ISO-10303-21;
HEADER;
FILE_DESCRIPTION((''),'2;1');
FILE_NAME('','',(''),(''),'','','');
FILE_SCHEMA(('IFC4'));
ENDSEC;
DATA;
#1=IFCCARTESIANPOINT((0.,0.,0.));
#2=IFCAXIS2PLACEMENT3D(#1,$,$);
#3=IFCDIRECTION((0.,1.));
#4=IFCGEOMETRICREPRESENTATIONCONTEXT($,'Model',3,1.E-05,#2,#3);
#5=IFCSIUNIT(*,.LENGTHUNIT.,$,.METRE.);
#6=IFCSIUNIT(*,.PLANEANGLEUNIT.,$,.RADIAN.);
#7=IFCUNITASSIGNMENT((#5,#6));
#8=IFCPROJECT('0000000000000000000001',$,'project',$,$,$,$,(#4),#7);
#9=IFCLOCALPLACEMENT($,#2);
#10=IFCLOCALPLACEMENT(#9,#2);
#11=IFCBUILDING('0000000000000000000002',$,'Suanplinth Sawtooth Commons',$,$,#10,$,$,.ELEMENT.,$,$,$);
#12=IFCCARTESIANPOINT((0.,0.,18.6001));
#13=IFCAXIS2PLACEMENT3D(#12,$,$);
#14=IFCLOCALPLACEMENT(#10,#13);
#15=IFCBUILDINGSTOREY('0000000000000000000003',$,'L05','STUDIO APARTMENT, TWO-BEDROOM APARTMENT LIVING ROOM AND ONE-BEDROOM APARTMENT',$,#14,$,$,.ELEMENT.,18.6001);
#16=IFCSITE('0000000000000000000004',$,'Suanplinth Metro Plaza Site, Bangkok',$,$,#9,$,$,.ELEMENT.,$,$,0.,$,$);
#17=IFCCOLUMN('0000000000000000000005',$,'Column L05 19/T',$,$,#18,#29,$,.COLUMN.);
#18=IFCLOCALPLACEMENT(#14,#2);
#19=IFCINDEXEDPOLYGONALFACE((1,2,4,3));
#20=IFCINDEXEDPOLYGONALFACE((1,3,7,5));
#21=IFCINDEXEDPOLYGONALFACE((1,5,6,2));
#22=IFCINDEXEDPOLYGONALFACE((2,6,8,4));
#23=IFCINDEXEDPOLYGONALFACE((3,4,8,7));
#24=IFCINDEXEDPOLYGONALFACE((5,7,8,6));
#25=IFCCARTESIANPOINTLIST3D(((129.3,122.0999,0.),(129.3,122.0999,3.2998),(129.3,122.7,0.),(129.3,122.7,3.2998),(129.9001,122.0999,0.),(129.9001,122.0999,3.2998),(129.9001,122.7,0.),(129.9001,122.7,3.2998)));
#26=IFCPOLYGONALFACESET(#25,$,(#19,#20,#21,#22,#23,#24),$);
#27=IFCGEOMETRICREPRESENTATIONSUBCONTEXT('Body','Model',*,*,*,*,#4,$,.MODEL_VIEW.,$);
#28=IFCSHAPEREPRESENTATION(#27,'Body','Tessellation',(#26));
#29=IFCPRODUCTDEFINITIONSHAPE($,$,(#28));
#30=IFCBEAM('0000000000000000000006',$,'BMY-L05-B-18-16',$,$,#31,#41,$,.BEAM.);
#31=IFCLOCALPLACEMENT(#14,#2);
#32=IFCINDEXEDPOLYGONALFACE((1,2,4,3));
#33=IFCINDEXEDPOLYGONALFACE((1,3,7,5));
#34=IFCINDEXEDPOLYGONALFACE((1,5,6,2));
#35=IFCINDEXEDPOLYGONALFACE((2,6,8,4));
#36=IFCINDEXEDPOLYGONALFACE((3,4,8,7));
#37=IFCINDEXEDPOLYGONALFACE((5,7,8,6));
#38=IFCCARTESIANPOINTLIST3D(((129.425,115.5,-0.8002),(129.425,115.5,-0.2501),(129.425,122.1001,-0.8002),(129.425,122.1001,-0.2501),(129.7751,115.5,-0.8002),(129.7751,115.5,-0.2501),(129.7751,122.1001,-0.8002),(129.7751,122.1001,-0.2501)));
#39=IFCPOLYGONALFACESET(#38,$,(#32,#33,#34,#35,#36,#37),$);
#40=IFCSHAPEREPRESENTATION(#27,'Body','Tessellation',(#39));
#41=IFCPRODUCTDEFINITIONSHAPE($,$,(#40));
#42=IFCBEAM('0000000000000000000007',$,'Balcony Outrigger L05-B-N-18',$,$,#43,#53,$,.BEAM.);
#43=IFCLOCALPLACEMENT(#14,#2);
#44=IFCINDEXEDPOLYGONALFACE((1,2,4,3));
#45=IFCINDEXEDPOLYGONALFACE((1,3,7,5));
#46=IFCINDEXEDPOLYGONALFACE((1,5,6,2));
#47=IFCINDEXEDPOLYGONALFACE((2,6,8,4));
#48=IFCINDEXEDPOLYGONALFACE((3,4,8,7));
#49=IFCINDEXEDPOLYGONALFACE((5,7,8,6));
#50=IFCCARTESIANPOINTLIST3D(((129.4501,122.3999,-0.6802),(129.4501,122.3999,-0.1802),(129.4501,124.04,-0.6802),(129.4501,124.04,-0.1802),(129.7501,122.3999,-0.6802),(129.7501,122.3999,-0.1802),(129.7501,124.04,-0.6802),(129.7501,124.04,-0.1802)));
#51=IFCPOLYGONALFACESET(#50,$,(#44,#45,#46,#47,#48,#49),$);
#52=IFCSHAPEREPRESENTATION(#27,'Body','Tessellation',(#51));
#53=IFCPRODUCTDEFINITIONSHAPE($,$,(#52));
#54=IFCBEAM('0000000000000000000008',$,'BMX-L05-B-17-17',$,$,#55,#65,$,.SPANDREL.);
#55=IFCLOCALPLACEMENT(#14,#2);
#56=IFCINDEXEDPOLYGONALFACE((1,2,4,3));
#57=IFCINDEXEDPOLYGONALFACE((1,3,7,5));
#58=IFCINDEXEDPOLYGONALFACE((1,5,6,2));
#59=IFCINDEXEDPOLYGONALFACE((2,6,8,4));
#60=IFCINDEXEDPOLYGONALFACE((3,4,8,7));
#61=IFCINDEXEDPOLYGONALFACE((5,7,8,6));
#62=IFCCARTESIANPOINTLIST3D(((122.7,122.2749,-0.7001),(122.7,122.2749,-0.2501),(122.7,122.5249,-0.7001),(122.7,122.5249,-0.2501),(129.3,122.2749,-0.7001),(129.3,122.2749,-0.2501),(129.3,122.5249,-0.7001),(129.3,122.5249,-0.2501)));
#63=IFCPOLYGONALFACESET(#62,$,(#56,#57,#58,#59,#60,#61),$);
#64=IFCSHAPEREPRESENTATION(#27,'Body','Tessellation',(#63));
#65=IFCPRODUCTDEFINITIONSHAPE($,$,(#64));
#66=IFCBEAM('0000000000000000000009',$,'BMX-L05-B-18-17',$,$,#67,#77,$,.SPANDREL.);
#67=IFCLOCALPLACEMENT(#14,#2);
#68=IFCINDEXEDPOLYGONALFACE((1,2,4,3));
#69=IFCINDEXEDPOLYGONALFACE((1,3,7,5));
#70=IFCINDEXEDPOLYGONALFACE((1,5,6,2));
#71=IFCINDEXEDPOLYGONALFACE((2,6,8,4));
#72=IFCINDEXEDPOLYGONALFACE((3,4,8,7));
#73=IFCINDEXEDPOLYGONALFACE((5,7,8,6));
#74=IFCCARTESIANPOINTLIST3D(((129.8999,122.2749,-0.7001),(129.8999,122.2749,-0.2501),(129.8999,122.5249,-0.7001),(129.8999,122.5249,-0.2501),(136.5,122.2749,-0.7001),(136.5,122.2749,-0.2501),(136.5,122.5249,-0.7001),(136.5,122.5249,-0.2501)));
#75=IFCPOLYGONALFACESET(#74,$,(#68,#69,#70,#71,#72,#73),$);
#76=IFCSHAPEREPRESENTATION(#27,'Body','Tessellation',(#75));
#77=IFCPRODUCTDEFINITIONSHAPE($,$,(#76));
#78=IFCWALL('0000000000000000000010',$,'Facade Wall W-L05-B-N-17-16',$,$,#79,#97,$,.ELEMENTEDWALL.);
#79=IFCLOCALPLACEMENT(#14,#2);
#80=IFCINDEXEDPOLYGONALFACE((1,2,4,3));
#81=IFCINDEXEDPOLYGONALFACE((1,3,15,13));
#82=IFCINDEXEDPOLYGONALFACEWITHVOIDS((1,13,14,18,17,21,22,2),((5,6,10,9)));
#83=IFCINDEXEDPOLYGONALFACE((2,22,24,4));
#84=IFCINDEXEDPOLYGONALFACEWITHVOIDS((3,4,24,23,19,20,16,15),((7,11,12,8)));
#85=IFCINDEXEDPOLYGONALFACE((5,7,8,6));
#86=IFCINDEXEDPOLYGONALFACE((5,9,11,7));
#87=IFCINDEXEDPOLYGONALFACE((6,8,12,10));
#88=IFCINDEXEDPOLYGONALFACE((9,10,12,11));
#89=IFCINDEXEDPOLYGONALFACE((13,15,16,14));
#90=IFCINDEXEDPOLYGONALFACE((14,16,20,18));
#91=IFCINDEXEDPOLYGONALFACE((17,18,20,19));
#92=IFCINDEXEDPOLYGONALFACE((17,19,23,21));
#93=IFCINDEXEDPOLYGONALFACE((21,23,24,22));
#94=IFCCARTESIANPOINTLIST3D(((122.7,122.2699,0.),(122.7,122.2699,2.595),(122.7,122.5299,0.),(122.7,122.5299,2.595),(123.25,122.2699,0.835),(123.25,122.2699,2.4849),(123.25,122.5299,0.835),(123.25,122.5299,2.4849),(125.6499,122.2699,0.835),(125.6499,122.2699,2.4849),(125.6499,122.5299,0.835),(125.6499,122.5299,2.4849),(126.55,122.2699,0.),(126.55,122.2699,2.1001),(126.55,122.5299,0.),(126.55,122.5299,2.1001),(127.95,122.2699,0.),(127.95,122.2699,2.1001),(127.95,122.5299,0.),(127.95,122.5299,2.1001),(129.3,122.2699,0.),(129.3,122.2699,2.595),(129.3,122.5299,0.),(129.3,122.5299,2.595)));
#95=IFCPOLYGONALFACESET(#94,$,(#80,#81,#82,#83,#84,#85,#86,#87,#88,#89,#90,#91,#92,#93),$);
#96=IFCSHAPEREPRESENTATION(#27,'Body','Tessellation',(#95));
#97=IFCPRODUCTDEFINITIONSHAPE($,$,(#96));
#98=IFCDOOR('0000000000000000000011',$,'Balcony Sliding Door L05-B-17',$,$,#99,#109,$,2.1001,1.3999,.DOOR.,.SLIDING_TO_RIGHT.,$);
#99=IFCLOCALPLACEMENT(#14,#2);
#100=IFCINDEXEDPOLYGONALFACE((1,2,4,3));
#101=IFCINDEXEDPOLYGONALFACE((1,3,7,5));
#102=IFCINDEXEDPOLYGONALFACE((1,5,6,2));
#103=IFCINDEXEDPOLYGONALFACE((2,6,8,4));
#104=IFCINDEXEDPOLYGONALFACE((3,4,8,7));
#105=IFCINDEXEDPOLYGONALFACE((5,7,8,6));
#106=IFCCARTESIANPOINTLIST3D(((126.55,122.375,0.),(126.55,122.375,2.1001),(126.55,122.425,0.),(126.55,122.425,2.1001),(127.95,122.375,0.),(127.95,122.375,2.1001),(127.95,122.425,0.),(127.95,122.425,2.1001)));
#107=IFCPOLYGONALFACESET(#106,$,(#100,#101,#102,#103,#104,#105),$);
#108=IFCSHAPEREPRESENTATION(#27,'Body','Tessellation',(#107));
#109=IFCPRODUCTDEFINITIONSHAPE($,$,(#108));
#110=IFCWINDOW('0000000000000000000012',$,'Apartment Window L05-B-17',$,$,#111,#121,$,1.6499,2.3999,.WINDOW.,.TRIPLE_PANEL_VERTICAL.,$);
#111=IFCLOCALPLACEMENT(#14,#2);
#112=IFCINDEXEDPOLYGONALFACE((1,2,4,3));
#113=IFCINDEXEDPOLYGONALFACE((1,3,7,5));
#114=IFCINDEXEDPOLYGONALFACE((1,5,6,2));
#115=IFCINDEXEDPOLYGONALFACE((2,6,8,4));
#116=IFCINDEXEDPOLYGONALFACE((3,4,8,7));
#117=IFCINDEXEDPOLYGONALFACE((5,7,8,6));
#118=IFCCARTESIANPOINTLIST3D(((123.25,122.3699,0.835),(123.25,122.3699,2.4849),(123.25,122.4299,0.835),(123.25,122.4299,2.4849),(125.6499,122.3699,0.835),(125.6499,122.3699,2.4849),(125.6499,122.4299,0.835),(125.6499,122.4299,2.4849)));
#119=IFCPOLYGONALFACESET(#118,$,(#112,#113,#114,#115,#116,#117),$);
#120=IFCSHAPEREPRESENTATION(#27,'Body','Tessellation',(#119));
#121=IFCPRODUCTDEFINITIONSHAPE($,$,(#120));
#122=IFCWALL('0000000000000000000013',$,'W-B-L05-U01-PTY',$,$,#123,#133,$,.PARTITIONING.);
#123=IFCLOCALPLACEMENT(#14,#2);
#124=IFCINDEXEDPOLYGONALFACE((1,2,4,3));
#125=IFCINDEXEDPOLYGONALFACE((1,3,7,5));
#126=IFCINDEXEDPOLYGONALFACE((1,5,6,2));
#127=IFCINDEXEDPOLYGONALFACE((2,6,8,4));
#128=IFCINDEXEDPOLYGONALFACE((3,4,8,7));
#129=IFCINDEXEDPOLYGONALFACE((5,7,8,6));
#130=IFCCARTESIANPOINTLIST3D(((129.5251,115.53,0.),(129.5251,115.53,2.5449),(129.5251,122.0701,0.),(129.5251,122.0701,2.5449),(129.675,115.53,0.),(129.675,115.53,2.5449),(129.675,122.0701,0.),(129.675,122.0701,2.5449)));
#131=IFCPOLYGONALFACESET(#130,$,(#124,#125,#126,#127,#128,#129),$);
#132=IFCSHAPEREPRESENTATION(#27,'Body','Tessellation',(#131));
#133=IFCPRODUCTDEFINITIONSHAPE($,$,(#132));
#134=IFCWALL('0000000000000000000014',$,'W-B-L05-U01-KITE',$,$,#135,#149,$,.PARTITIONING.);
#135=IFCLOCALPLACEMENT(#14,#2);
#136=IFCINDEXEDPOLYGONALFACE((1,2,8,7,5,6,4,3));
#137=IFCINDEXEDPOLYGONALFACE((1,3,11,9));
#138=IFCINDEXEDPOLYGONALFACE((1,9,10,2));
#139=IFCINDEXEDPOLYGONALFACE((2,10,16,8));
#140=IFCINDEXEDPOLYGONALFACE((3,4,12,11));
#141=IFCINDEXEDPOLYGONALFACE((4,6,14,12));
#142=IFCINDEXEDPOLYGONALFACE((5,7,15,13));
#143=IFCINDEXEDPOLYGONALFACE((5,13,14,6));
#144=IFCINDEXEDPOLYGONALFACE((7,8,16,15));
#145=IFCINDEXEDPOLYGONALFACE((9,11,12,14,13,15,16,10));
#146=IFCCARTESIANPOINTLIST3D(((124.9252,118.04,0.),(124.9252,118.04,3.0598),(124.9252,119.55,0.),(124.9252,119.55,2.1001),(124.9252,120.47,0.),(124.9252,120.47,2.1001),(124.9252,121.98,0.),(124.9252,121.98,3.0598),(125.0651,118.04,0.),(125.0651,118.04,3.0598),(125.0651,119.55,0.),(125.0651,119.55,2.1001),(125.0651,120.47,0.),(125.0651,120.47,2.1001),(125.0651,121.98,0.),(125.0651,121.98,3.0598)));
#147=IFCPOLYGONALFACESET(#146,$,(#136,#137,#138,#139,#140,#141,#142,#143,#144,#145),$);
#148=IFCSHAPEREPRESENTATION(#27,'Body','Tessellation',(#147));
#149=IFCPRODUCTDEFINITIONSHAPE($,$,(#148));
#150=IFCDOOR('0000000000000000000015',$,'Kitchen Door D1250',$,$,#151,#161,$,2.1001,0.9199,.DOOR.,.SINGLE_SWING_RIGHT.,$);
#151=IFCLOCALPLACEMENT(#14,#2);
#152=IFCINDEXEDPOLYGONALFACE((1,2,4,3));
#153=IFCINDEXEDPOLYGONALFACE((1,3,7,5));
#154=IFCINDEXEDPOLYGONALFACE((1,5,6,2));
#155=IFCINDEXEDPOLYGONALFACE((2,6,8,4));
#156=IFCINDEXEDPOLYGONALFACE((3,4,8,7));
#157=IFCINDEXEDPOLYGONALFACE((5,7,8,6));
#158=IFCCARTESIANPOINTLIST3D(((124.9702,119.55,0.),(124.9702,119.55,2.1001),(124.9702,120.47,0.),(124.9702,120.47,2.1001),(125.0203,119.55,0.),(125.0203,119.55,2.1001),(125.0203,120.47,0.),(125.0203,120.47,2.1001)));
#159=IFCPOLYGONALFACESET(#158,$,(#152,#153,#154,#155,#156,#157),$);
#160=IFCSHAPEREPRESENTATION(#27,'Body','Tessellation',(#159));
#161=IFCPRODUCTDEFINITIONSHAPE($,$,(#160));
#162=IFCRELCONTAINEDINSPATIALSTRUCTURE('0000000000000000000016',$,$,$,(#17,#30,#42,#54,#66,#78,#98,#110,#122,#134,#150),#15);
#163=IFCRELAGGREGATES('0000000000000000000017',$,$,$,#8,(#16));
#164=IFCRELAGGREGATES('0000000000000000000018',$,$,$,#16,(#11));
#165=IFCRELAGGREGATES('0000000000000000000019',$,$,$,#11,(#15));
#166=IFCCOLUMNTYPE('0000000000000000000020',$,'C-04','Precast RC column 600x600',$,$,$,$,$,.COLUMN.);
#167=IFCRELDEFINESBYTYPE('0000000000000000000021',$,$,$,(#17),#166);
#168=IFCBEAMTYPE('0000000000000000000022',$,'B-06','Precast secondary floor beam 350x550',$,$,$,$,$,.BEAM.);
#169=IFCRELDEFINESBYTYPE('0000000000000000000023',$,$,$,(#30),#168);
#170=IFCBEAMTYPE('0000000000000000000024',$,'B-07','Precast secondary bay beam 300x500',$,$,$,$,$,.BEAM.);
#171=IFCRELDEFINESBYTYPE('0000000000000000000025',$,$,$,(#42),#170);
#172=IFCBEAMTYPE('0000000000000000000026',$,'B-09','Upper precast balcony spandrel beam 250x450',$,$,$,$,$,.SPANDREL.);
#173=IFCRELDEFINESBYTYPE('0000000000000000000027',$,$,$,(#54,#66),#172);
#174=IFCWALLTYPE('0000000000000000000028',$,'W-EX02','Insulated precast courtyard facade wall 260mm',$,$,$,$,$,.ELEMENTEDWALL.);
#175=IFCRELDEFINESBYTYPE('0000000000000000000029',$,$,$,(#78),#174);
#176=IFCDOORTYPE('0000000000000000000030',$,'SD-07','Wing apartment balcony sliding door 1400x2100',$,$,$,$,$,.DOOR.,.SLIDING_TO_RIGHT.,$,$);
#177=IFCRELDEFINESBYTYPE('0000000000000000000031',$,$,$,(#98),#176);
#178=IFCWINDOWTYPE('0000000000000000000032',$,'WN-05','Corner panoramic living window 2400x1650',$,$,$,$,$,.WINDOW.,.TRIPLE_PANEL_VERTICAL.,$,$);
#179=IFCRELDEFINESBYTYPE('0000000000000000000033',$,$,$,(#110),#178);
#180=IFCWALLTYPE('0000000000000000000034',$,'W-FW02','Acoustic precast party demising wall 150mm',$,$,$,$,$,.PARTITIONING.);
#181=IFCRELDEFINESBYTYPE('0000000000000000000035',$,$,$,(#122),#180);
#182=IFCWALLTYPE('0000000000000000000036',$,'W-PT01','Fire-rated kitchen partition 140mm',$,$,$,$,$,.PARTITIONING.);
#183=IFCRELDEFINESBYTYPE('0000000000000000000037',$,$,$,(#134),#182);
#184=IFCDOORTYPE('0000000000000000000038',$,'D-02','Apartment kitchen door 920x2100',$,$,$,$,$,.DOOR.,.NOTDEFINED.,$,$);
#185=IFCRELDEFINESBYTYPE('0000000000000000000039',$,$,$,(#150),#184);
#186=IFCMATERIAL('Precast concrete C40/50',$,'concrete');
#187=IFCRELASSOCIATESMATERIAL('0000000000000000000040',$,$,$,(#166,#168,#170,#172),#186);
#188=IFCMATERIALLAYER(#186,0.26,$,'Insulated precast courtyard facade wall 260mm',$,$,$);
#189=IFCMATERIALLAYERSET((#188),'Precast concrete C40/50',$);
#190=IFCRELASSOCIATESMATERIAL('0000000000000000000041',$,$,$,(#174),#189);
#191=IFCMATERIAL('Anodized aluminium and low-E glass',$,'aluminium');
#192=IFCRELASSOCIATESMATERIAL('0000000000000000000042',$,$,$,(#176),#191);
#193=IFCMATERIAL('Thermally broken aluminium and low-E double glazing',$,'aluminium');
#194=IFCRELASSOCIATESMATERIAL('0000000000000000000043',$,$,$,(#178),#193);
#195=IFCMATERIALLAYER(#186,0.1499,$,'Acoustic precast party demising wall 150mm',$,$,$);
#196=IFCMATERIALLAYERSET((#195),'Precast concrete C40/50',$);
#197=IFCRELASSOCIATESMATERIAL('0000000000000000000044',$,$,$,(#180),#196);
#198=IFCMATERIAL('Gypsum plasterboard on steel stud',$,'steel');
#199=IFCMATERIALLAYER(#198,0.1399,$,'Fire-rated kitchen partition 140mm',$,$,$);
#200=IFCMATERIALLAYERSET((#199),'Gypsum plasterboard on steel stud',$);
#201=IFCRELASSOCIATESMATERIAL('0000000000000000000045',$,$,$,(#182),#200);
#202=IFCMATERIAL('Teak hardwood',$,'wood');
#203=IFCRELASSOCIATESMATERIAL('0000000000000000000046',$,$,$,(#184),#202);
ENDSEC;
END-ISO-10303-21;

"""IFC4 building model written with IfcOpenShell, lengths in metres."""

from ifc_helpers import new_model, si_unit, direction, frame, frame_2d, origin, origin_2d, place, context, subcontext, project, spatial, rectangle, extrude, material, layer, layer_set, material_profile, profile_set, type_object, element, fill, save


model = new_model("IFC4")

# Units and contexts
model_context = context("Model", 3, precision=1e-05, world=origin(), true_north=direction((0.0, 1.0)))
body_context = subcontext(model_context, "Body", "Model", "MODEL_VIEW")
ifc_project = project(units=[si_unit("LENGTHUNIT", "METRE"), si_unit("PLANEANGLEUNIT", "RADIAN")], contexts=[model_context])

# Site, building, storey
site_placement = place(None, origin())
site = spatial("IfcSite", under=ifc_project, at=site_placement, Name="Suanplinth Metro Plaza Site, Bangkok", CompositionType="ELEMENT", RefElevation=0.0)
building_placement = place(site_placement, origin())
building = spatial("IfcBuilding", under=site, at=building_placement, Name="Suanplinth Sawtooth Commons", CompositionType="ELEMENT")
storey_placement = place(building_placement, frame((0.0, 0.0, 18.6001)))
storey = spatial("IfcBuildingStorey", under=building, at=storey_placement, Name="L05", Description="STUDIO APARTMENT, TWO-BEDROOM APARTMENT LIVING ROOM AND ONE-BEDROOM APARTMENT", CompositionType="ELEMENT", Elevation=18.6001)

# Column
ifc_material_1 = material(Name="Precast concrete C40/50", Category="concrete")
ifc_material_profile_1 = material_profile(ifc_material_1, rectangle(XDim=0.6001, YDim=0.6001, at=origin_2d()), Name="PC-COL 600x600")
ifc_profile_set_1 = profile_set([ifc_material_profile_1], Name="Precast concrete C40/50")
column_type = type_object("IfcColumnType", Name="C-04", Description="Precast RC column 600x600", PredefinedType="COLUMN", material=ifc_profile_set_1)
column_placement = place(storey_placement, frame((129.6001, 122.3999, 0.0), z_axis=(0.0, 0.0, 1.0), x_axis=(1.0, 0.0, 0.0)))
element("IfcColumn", 1, at=column_placement, inside=storey, type_object=column_type, Name="Column L05 19/T", PredefinedType="COLUMN", context=body_context, shape_type="SweptSolid", body=[
    extrude(rectangle(XDim=0.6001, YDim=0.6001, at=origin_2d()), origin(), (0.0, 0.0, 1.0), 3.2998),
])

# Beams
ifc_material_profile_2 = material_profile(ifc_material_1, rectangle(XDim=0.3501, YDim=0.55, at=origin_2d()), Name="PC-BM 350x550")
ifc_profile_set_2 = profile_set([ifc_material_profile_2], Name="Precast concrete C40/50")
beam_type_1 = type_object("IfcBeamType", Name="B-06", Description="Precast secondary floor beam 350x550", PredefinedType="BEAM", material=ifc_profile_set_2)
beam_1_placement = place(storey_placement, frame((129.6001, 115.5, -0.5251), z_axis=(0.0, 1.0, 0.0), x_axis=(-1.0, 0.0, 0.0)))
element("IfcBeam", 2, at=beam_1_placement, inside=storey, type_object=beam_type_1, Name="BMY-L05-B-18-16", PredefinedType="BEAM", context=body_context, shape_type="SweptSolid", body=[
    extrude(rectangle(XDim=0.3501, YDim=0.55, at=origin_2d()), origin(), (0.0, 0.0, 1.0), 6.6001),
])
ifc_material_profile_3 = material_profile(ifc_material_1, rectangle(XDim=0.3, YDim=0.5, at=origin_2d()), Name="PC-BM 300x500")
ifc_profile_set_3 = profile_set([ifc_material_profile_3], Name="Precast concrete C40/50")
beam_type_2 = type_object("IfcBeamType", Name="B-07", Description="Precast secondary bay beam 300x500", PredefinedType="BEAM", material=ifc_profile_set_3)
beam_2_placement = place(storey_placement, frame((129.6001, 122.3999, -0.4302), z_axis=(0.0, 1.0, 0.0), x_axis=(-1.0, 0.0, 0.0)))
element("IfcBeam", 3, at=beam_2_placement, inside=storey, type_object=beam_type_2, Name="Balcony Outrigger L05-B-N-18", PredefinedType="BEAM", context=body_context, shape_type="SweptSolid", body=[
    extrude(rectangle(XDim=0.3, YDim=0.5, at=origin_2d()), origin(), (0.0, 0.0, 1.0), 1.6401),
])
ifc_material_profile_4 = material_profile(ifc_material_1, rectangle(XDim=0.25, YDim=0.45, at=origin_2d()), Name="PC-SP 250x450")
ifc_profile_set_4 = profile_set([ifc_material_profile_4], Name="Precast concrete C40/50")
beam_type_3 = type_object("IfcBeamType", Name="B-09", Description="Upper precast balcony spandrel beam 250x450", PredefinedType="SPANDREL", material=ifc_profile_set_4)
for number, where, z_axis, x_axis, name in (
    (4, (122.7, 122.3999, -0.4751), (1.0, 0.0, 0.0), (0.0, 1.0, 0.0), "BMX-L05-B-17-17"),
    (5, (129.8999, 122.3999, -0.4751), (1.0, 0.0, 0.0), (0.0, 1.0, 0.0), "BMX-L05-B-18-17"),
):
    element("IfcBeam", number, at=place(storey_placement, frame(where, z_axis=z_axis, x_axis=x_axis)), inside=storey, type_object=beam_type_3, Name=name, PredefinedType="SPANDREL", context=body_context, shape_type="SweptSolid", body=[
        extrude(rectangle(XDim=0.25, YDim=0.45, at=origin_2d()), origin(), (0.0, 0.0, 1.0), 6.6001),
    ])

# Wall, openings, door, window
ifc_layer_1 = layer(ifc_material_1, 0.26, Name="Insulated precast courtyard facade wall 260mm")
ifc_layer_set_1 = layer_set([ifc_layer_1], Name="Precast concrete C40/50")
wall_type_1 = type_object("IfcWallType", Name="W-EX02", Description="Insulated precast courtyard facade wall 260mm", PredefinedType="ELEMENTEDWALL", material=ifc_layer_set_1)
wall_1_placement = place(storey_placement, frame((122.7, 122.3999, 0.0), z_axis=(0.0, 0.0, 1.0), x_axis=(1.0, 0.0, 0.0)))
wall_1 = element("IfcWall", 6, at=wall_1_placement, inside=storey, type_object=wall_type_1, Name="Facade Wall W-L05-B-N-17-16", PredefinedType="ELEMENTEDWALL", context=body_context, shape_type="SweptSolid", body=[
    extrude(rectangle(XDim=6.6001, YDim=0.26, at=frame_2d((3.3, 0.0))), origin(), (0.0, 0.0, 1.0), 2.595),
])
opening_1_placement = place(wall_1_placement, frame((3.8501, 0.0, 0.0)))
opening_1 = element("IfcOpeningElement", 7, at=opening_1_placement, cuts=wall_1, PredefinedType="OPENING", context=body_context, shape_type="SweptSolid", body=[
    extrude(rectangle(XDim=1.3999, YDim=2.1001, at=frame_2d((0.7, 1.05))), frame((0.0, 0.145, 0.0), z_axis=(0.0, -1.0, 0.0), x_axis=(1.0, 0.0, 0.0)), (0.0, 0.0, 1.0), 0.2898),
])
opening_2_placement = place(wall_1_placement, frame((0.55, 0.0, 0.835)))
opening_2 = element("IfcOpeningElement", 8, at=opening_2_placement, cuts=wall_1, PredefinedType="OPENING", context=body_context, shape_type="SweptSolid", body=[
    extrude(rectangle(XDim=2.3999, YDim=1.6499, at=frame_2d((1.2, 0.825))), frame((0.0, 0.145, 0.0), z_axis=(0.0, -1.0, 0.0), x_axis=(1.0, 0.0, 0.0)), (0.0, 0.0, 1.0), 0.2898),
])
ifc_material_2 = material(Name="Anodized aluminium and low-E glass", Category="aluminium")
door_type_1 = type_object("IfcDoorType", Name="SD-07", Description="Wing apartment balcony sliding door 1400x2100", OperationType="SLIDING_TO_RIGHT", PredefinedType="DOOR", material=ifc_material_2)
door_1_placement = place(opening_1_placement, frame((1.3999, 0.0, 0.0), z_axis=(0.0, 0.0, 1.0), x_axis=(-1.0, 0.0, 0.0)))
door_1 = element("IfcDoor", 9, at=door_1_placement, inside=storey, type_object=door_type_1, Name="Balcony Sliding Door L05-B-17", OperationType="SLIDING_TO_RIGHT", OverallHeight=2.1001, OverallWidth=1.3999, PredefinedType="DOOR", context=body_context, shape_type="SweptSolid", body=[
    extrude(rectangle(XDim=1.3999, YDim=2.1001, at=frame_2d((0.7, 1.05))), frame((0.0, 0.0249, 0.0), z_axis=(0.0, -1.0, 0.0), x_axis=(1.0, 0.0, 0.0)), (0.0, 0.0, 1.0), 0.05),
])
fill(opening_1, door_1)
ifc_material_3 = material(Name="Thermally broken aluminium and low-E double glazing", Category="aluminium")
window_type_1 = type_object("IfcWindowType", Name="WN-05", Description="Corner panoramic living window 2400x1650", PartitioningType="TRIPLE_PANEL_VERTICAL", PredefinedType="WINDOW", material=ifc_material_3)
window_1_placement = place(opening_2_placement, origin())
window_1 = element("IfcWindow", 10, at=window_1_placement, inside=storey, type_object=window_type_1, Name="Apartment Window L05-B-17", OverallHeight=1.6499, OverallWidth=2.3999, PartitioningType="TRIPLE_PANEL_VERTICAL", PredefinedType="WINDOW", context=body_context, shape_type="SweptSolid", body=[
    extrude(rectangle(XDim=2.3999, YDim=1.6499, at=frame_2d((1.2, 0.825))), frame((0.0, 0.03, 0.0), z_axis=(0.0, -1.0, 0.0), x_axis=(1.0, 0.0, 0.0)), (0.0, 0.0, 1.0), 0.0601),
])
fill(opening_2, window_1)

# Wall
ifc_layer_2 = layer(ifc_material_1, 0.1499, Name="Acoustic precast party demising wall 150mm")
ifc_layer_set_2 = layer_set([ifc_layer_2], Name="Precast concrete C40/50")
wall_type_2 = type_object("IfcWallType", Name="W-FW02", Description="Acoustic precast party demising wall 150mm", PredefinedType="PARTITIONING", material=ifc_layer_set_2)
wall_2_placement = place(storey_placement, frame((129.6001, 115.53, 0.0), z_axis=(0.0, 0.0, 1.0), x_axis=(0.0, 1.0, 0.0)))
element("IfcWall", 11, at=wall_2_placement, inside=storey, type_object=wall_type_2, Name="W-B-L05-U01-PTY", PredefinedType="PARTITIONING", context=body_context, shape_type="SweptSolid", body=[
    extrude(rectangle(XDim=6.54, YDim=0.1499, at=frame_2d((3.27, 0.0))), origin(), (0.0, 0.0, 1.0), 2.5449),
])

# Wall, opening, door
ifc_material_4 = material(Name="Gypsum plasterboard on steel stud", Category="steel")
ifc_layer_3 = layer(ifc_material_4, 0.1399, Name="Fire-rated kitchen partition 140mm")
ifc_layer_set_3 = layer_set([ifc_layer_3], Name="Gypsum plasterboard on steel stud")
wall_type_3 = type_object("IfcWallType", Name="W-PT01", Description="Fire-rated kitchen partition 140mm", PredefinedType="PARTITIONING", material=ifc_layer_set_3)
wall_3_placement = place(storey_placement, frame((124.9951, 118.04, 0.0), z_axis=(0.0, 0.0, 1.0), x_axis=(0.0, 1.0, 0.0)))
wall_3 = element("IfcWall", 12, at=wall_3_placement, inside=storey, type_object=wall_type_3, Name="W-B-L05-U01-KITE", PredefinedType="PARTITIONING", context=body_context, shape_type="SweptSolid", body=[
    extrude(rectangle(XDim=3.9399, YDim=0.1399, at=frame_2d((1.97, 0.0))), origin(), (0.0, 0.0, 1.0), 3.0598),
])
opening_3_placement = place(wall_3_placement, frame((1.51, 0.0, 0.0)))
opening_3 = element("IfcOpeningElement", 13, at=opening_3_placement, cuts=wall_3, PredefinedType="OPENING", context=body_context, shape_type="SweptSolid", body=[
    extrude(rectangle(XDim=0.9199, YDim=2.1001, at=frame_2d((0.46, 1.05))), frame((0.0, 0.085, 0.0), z_axis=(0.0, -1.0, 0.0), x_axis=(1.0, 0.0, 0.0)), (0.0, 0.0, 1.0), 0.1697),
])
ifc_material_5 = material(Name="Teak hardwood", Category="wood")
door_type_2 = type_object("IfcDoorType", Name="D-02", Description="Apartment kitchen door 920x2100", OperationType="NOTDEFINED", PredefinedType="DOOR", material=ifc_material_5)
door_2_placement = place(opening_3_placement, origin())
door_2 = element("IfcDoor", 14, at=door_2_placement, inside=storey, type_object=door_type_2, Name="Kitchen Door D1250", OperationType="SINGLE_SWING_RIGHT", OverallHeight=2.1001, OverallWidth=0.9199, PredefinedType="DOOR", context=body_context, shape_type="SweptSolid", body=[
    extrude(rectangle(XDim=0.9199, YDim=2.1001, at=frame_2d((0.46, 1.05))), frame((0.0, 0.0249, 0.0), z_axis=(0.0, -1.0, 0.0), x_axis=(1.0, 0.0, 0.0)), (0.0, 0.0, 1.0), 0.05),
])
fill(opening_3, door_2)

save(model, "model.ifc")
